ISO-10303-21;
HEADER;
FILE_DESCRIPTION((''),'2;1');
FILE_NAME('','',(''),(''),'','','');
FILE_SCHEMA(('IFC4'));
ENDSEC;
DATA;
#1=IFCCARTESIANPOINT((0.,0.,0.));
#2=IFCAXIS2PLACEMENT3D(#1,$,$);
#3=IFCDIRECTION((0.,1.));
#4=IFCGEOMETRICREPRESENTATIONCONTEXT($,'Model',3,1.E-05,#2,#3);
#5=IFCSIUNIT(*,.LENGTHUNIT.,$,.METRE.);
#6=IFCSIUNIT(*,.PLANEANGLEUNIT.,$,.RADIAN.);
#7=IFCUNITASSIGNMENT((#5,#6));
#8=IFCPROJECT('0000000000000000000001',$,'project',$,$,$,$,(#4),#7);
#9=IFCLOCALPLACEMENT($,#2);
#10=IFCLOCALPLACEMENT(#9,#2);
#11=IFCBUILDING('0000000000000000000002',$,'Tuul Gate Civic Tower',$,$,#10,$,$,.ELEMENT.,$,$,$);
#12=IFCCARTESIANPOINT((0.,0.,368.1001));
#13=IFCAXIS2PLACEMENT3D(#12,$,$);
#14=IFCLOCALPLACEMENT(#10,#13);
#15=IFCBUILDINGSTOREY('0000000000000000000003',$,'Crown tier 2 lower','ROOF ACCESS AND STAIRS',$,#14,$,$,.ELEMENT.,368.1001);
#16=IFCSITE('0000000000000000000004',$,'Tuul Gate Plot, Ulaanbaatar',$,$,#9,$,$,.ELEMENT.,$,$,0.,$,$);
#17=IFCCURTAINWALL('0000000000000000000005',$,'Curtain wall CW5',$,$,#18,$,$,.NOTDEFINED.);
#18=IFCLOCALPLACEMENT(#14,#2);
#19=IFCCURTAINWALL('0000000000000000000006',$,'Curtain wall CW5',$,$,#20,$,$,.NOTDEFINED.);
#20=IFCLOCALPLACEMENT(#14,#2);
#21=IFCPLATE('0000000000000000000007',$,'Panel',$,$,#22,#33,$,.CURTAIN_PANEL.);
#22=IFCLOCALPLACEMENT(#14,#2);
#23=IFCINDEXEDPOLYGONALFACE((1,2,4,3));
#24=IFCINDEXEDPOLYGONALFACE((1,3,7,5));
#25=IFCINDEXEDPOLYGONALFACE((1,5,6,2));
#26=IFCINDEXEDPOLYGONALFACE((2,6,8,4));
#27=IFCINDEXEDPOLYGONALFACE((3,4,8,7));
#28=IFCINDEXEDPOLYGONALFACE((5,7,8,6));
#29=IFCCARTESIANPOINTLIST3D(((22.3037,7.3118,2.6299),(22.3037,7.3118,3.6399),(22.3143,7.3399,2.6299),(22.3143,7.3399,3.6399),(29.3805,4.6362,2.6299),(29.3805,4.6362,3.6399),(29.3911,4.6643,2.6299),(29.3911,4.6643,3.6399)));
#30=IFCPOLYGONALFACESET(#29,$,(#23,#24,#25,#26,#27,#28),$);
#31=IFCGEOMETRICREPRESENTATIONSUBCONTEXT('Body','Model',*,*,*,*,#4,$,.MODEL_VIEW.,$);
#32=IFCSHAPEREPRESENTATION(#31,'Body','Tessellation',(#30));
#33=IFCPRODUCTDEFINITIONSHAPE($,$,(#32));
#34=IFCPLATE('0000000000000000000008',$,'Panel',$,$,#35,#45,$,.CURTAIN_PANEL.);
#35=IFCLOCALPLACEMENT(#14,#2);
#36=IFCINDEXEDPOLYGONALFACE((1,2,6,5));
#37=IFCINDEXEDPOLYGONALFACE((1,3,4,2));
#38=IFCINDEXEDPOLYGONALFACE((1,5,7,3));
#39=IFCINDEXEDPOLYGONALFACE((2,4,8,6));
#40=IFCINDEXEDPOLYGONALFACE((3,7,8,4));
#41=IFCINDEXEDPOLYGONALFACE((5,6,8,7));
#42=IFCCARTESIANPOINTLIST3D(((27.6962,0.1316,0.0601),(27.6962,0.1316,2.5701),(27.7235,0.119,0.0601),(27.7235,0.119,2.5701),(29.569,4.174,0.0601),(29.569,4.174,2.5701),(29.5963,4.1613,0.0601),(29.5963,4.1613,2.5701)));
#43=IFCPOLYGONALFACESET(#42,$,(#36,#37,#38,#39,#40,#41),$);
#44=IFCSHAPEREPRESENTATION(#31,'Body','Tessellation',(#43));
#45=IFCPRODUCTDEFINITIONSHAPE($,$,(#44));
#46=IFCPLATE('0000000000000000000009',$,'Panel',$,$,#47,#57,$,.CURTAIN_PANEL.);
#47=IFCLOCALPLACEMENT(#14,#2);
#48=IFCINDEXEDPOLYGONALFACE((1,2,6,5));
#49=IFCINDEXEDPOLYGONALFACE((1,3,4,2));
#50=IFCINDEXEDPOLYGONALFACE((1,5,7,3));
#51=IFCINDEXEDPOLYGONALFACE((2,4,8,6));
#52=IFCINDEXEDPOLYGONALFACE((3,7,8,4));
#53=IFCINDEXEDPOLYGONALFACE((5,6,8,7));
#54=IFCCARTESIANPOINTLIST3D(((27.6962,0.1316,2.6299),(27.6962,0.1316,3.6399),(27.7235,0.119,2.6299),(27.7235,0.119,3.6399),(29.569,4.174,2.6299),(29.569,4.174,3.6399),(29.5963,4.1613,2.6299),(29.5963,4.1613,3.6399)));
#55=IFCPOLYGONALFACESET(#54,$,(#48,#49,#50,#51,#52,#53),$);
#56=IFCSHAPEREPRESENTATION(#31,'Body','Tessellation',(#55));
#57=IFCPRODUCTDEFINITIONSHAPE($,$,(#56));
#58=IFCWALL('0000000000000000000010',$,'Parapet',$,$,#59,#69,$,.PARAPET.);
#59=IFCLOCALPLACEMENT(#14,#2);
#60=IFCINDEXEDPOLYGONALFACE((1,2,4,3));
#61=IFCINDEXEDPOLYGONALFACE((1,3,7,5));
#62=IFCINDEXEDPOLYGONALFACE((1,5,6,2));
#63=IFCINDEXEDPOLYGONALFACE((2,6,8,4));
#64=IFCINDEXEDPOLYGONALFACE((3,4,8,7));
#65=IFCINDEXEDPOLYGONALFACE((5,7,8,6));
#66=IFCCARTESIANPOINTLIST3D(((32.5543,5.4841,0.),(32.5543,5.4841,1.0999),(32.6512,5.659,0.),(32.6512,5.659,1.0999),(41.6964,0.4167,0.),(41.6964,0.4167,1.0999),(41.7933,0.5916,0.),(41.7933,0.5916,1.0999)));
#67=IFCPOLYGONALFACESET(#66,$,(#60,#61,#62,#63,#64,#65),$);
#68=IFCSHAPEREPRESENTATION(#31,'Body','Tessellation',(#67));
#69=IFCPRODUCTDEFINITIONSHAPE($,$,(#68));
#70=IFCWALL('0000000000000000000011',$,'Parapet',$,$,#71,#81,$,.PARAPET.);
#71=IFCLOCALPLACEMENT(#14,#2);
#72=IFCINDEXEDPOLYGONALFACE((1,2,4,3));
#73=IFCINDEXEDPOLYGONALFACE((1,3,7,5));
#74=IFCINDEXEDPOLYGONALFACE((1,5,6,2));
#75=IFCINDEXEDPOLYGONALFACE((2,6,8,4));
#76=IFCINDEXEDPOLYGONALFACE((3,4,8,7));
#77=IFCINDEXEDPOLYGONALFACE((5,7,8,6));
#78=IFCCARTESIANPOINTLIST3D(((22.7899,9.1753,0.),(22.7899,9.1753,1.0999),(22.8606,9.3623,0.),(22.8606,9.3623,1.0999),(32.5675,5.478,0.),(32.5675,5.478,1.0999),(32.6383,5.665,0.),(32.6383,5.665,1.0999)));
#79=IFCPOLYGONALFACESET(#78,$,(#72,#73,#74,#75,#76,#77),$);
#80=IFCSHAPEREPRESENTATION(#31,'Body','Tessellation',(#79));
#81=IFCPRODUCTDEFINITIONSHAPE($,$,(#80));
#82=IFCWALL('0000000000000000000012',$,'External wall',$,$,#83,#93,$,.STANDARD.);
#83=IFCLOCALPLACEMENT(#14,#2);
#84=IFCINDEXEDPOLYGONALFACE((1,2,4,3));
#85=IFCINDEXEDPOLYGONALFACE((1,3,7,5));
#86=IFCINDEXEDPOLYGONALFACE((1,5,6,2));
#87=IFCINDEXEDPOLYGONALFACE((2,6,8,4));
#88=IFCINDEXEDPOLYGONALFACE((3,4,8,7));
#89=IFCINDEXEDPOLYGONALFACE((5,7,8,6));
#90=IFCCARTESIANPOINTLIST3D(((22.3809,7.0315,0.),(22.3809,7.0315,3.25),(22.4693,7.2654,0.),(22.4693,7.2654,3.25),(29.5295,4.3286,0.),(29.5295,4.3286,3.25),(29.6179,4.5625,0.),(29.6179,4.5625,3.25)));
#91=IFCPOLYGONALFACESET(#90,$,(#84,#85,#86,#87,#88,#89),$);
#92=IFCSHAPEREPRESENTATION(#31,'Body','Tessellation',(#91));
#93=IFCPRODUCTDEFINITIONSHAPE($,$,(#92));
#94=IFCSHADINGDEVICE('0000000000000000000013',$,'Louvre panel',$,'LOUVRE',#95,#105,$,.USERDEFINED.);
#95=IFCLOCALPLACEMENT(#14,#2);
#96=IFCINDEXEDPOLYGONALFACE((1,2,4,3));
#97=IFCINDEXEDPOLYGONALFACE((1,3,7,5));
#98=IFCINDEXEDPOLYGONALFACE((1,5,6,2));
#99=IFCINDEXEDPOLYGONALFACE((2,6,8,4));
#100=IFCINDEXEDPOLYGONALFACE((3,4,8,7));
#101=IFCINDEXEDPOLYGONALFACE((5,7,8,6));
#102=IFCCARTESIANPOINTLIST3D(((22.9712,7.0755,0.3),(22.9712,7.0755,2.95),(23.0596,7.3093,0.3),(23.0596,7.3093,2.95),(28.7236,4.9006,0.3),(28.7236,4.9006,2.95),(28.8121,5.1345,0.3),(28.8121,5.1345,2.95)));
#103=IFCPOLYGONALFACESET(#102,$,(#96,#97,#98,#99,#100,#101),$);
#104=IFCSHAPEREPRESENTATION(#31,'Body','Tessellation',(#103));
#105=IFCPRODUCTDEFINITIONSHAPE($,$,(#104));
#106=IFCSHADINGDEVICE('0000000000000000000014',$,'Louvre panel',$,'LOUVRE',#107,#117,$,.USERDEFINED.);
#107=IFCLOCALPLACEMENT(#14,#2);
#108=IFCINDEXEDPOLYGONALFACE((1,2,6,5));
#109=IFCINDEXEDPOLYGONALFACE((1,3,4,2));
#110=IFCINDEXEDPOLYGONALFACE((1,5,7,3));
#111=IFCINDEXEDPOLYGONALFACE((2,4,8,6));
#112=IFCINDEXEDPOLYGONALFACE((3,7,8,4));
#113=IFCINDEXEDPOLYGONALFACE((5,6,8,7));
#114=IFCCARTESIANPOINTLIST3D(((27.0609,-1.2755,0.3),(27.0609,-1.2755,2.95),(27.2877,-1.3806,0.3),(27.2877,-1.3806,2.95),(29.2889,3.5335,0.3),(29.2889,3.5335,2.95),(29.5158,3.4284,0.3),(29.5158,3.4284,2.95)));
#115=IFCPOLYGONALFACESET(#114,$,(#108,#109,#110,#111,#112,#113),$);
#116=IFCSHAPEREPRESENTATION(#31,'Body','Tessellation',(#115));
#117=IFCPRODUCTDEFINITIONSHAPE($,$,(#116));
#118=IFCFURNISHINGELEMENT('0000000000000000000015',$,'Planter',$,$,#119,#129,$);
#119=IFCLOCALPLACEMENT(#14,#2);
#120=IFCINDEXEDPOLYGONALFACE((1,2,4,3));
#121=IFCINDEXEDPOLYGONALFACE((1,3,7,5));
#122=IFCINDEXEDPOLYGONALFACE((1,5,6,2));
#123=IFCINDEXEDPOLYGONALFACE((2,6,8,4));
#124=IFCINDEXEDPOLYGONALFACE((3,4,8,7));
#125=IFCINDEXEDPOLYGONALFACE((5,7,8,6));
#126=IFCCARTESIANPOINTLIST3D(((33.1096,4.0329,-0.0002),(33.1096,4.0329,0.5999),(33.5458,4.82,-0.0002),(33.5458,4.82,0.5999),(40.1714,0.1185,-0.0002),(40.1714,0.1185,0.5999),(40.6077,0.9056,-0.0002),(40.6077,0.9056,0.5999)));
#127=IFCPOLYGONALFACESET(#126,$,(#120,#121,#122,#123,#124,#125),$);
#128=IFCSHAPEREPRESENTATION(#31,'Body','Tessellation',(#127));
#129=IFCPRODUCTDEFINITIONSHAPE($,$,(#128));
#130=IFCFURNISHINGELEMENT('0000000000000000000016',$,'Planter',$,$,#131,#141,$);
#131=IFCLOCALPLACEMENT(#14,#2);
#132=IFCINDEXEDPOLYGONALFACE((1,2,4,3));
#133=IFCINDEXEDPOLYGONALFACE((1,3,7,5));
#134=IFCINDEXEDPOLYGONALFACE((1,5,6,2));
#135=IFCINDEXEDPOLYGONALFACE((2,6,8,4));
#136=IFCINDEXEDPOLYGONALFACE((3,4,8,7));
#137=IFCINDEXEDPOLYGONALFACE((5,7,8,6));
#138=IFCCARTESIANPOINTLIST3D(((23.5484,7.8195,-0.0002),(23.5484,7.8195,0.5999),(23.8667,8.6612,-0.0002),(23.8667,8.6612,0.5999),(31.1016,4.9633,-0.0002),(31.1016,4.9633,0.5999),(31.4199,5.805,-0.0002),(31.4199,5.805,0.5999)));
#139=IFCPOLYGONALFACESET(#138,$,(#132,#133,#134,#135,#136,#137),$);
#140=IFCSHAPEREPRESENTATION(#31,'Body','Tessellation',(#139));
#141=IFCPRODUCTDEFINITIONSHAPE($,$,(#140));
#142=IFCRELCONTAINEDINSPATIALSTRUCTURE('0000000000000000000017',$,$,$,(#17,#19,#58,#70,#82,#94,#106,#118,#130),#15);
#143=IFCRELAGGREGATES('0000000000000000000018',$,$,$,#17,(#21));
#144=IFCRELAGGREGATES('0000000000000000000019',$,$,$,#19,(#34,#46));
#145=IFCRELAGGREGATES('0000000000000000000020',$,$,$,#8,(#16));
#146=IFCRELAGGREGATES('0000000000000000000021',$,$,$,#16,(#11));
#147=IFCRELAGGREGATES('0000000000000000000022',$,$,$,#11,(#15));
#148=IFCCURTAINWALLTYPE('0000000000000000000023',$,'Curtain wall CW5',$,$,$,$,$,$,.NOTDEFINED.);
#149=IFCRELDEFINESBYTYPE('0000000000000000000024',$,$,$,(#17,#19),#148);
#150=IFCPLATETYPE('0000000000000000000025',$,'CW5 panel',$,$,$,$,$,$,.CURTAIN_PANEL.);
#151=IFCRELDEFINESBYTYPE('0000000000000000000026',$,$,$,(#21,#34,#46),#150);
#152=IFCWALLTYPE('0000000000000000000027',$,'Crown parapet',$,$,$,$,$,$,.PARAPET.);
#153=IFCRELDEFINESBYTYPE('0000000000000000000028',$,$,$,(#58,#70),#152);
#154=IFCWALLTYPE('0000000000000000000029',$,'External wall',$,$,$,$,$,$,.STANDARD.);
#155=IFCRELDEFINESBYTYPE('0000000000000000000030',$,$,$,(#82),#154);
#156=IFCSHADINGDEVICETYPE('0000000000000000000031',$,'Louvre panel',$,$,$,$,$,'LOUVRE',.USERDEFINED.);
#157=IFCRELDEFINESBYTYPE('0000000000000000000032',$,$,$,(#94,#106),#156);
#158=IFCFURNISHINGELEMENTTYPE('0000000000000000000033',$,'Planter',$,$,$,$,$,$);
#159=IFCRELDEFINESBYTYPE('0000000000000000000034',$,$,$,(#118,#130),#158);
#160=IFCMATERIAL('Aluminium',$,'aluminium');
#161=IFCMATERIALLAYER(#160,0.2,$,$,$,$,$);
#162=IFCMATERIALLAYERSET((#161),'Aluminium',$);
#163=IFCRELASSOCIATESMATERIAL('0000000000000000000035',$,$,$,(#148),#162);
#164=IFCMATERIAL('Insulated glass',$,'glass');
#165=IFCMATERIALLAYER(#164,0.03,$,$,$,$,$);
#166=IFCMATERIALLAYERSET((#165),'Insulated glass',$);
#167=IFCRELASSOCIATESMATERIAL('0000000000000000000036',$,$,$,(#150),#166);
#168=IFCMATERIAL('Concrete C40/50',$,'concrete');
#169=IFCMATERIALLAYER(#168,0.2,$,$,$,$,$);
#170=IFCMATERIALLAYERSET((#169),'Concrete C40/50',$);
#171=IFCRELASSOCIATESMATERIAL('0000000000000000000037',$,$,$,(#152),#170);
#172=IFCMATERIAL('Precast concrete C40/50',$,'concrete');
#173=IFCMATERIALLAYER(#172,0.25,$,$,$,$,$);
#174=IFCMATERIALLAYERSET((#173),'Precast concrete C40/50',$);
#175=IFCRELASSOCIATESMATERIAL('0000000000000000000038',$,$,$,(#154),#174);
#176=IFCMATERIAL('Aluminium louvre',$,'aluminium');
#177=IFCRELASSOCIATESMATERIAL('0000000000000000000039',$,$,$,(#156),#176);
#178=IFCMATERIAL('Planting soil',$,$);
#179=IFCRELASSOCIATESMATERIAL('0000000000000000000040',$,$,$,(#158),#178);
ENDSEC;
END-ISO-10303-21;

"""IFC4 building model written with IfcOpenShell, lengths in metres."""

from ifc_helpers import new_model, si_unit, direction, frame, frame_2d, origin, origin_2d, place, context, subcontext, project, spatial, rectangle, extrude, material, layer, layer_set, type_object, element, aggregate, save


model = new_model("IFC4")

# Units and contexts
model_context = context("Model", 3, precision=1e-05, world=origin(), true_north=direction((0.0, 1.0)))
body_context = subcontext(model_context, "Body", "Model", "MODEL_VIEW")
ifc_project = project(units=[si_unit("LENGTHUNIT", "METRE"), si_unit("PLANEANGLEUNIT", "RADIAN")], contexts=[model_context])

# Site, building, storey
site_placement = place(None, origin())
site = spatial("IfcSite", under=ifc_project, at=site_placement, Name="Tuul Gate Plot, Ulaanbaatar", CompositionType="ELEMENT", RefElevation=0.0)
building_placement = place(site_placement, origin())
building = spatial("IfcBuilding", under=site, at=building_placement, Name="Tuul Gate Civic Tower", CompositionType="ELEMENT")
storey_placement = place(building_placement, frame((0.0, 0.0, 368.1001)))
storey = spatial("IfcBuildingStorey", under=building, at=storey_placement, Name="Crown tier 2 lower", Description="ROOF ACCESS AND STAIRS", CompositionType="ELEMENT", Elevation=368.1001)

# Curtain walls
ifc_material_1 = material(Name="Aluminium", Category="aluminium")
ifc_layer_1 = layer(ifc_material_1, 0.2)
ifc_layer_set_1 = layer_set([ifc_layer_1], Name="Aluminium")
curtain_wall_type = type_object("IfcCurtainWallType", Name="Curtain wall CW5", PredefinedType="NOTDEFINED", material=ifc_layer_set_1)
curtain_wall_1_placement = place(storey_placement, origin())
curtain_wall_1 = element("IfcCurtainWall", 1, at=curtain_wall_1_placement, inside=storey, type_object=curtain_wall_type, Name="Curtain wall CW5", PredefinedType="NOTDEFINED")
curtain_wall_2_placement = place(storey_placement, origin())
curtain_wall_2 = element("IfcCurtainWall", 2, at=curtain_wall_2_placement, inside=storey, type_object=curtain_wall_type, Name="Curtain wall CW5", PredefinedType="NOTDEFINED")

# Plates
ifc_material_2 = material(Name="Insulated glass", Category="glass")
ifc_layer_2 = layer(ifc_material_2, 0.03)
ifc_layer_set_2 = layer_set([ifc_layer_2], Name="Insulated glass")
plate_type = type_object("IfcPlateType", Name="CW5 panel", PredefinedType="CURTAIN_PANEL", material=ifc_layer_set_2)
plate_1_placement = place(storey_placement, frame((25.8474, 5.988, 2.6299), z_axis=(0.0, 0.0, 1.0), x_axis=(-0.935379, 0.353646, 0.0)))
plate_1 = element("IfcPlate", 3, at=plate_1_placement, type_object=plate_type, Name="Panel", PredefinedType="CURTAIN_PANEL", context=body_context, shape_type="SweptSolid", body=[
    extrude(rectangle(XDim=7.5657, YDim=0.03, at=origin_2d()), origin(), (0.0, 0.0, 1.0), 1.01),
])
aggregate(curtain_wall_1, [plate_1])
plate_2_placement = place(storey_placement, frame((28.6462, 2.1465, 0.0601), z_axis=(0.0, 0.0, 1.0), x_axis=(0.420379, 0.907349, 0.0)))
plate_2 = element("IfcPlate", 4, at=plate_2_placement, type_object=plate_type, Name="Panel", PredefinedType="CURTAIN_PANEL", context=body_context, shape_type="SweptSolid", body=[
    extrude(rectangle(XDim=4.4551, YDim=0.03, at=origin_2d()), origin(), (0.0, 0.0, 1.0), 2.51),
])
plate_3_placement = place(storey_placement, frame((28.6462, 2.1465, 2.6299), z_axis=(0.0, 0.0, 1.0), x_axis=(0.420379, 0.907349, 0.0)))
plate_3 = element("IfcPlate", 5, at=plate_3_placement, type_object=plate_type, Name="Panel", PredefinedType="CURTAIN_PANEL", context=body_context, shape_type="SweptSolid", body=[
    extrude(rectangle(XDim=4.4551, YDim=0.03, at=origin_2d()), origin(), (0.0, 0.0, 1.0), 1.01),
])
aggregate(curtain_wall_2, [plate_2, plate_3])

# Walls
ifc_material_3 = material(Name="Concrete C40/50", Category="concrete")
ifc_layer_3 = layer(ifc_material_3, 0.2)
ifc_layer_set_3 = layer_set([ifc_layer_3], Name="Concrete C40/50")
wall_type_1 = type_object("IfcWallType", Name="Crown parapet", PredefinedType="PARAPET", material=ifc_layer_set_3)
wall_1_placement = place(storey_placement, frame((41.7449, 0.5042, 0.0), z_axis=(0.0, 0.0, 1.0), x_axis=(-0.874626, 0.484798, 0.0)))
element("IfcWall", 6, at=wall_1_placement, inside=storey, type_object=wall_type_1, Name="Parapet", PredefinedType="PARAPET", context=body_context, shape_type="SweptSolid", body=[
    extrude(rectangle(XDim=10.4526, YDim=0.2, at=frame_2d((5.2263, 0.0))), origin(), (0.0, 0.0, 1.0), 1.0999),
])
wall_2_placement = place(storey_placement, frame((32.6028, 5.5715, 0.0), z_axis=(0.0, 0.0, 1.0), x_axis=(-0.935361, 0.353694, 0.0)))
element("IfcWall", 7, at=wall_2_placement, inside=storey, type_object=wall_type_1, Name="Parapet", PredefinedType="PARAPET", context=body_context, shape_type="SweptSolid", body=[
    extrude(rectangle(XDim=10.4534, YDim=0.2, at=frame_2d((5.2266, 0.0))), origin(), (0.0, 0.0, 1.0), 1.0999),
])
ifc_material_4 = material(Name="Precast concrete C40/50", Category="concrete")
ifc_layer_4 = layer(ifc_material_4, 0.25)
ifc_layer_set_4 = layer_set([ifc_layer_4], Name="Precast concrete C40/50")
wall_type_2 = type_object("IfcWallType", Name="External wall", PredefinedType="STANDARD", material=ifc_layer_set_4)
wall_3_placement = place(storey_placement, frame((29.5737, 4.4456, 0.0), z_axis=(0.0, 0.0, 1.0), x_axis=(-0.935374, 0.35366, 0.0)))
element("IfcWall", 8, at=wall_3_placement, inside=storey, type_object=wall_type_2, Name="External wall", PredefinedType="STANDARD", context=body_context, shape_type="SweptSolid", body=[
    extrude(rectangle(XDim=7.6426, YDim=0.25, at=frame_2d((3.8213, 0.0))), origin(), (0.0, 0.0, 1.0), 3.25),
])

# Shading devices
ifc_material_5 = material(Name="Aluminium louvre", Category="aluminium")
shading_device_type = type_object("IfcShadingDeviceType", Name="Louvre panel", ElementType="LOUVRE", PredefinedType="USERDEFINED", material=ifc_material_5)
shading_device_1_placement = place(storey_placement, frame((25.8916, 6.105, 0.3), z_axis=(0.0, 0.0, 1.0), x_axis=(0.353646, 0.935379, 0.0)))
element("IfcShadingDevice", 9, at=shading_device_1_placement, inside=storey, type_object=shading_device_type, Name="Louvre panel", ObjectType="LOUVRE", PredefinedType="USERDEFINED", context=body_context, shape_type="SweptSolid", body=[
    extrude(rectangle(XDim=0.25, YDim=6.1499, at=origin_2d()), origin(), (0.0, 0.0, 1.0), 2.6499),
])
shading_device_2_placement = place(storey_placement, frame((28.2883, 1.0764, 0.3), z_axis=(0.0, 0.0, 1.0), x_axis=(0.907349, -0.420379, 0.0)))
element("IfcShadingDevice", 10, at=shading_device_2_placement, inside=storey, type_object=shading_device_type, Name="Louvre panel", ObjectType="LOUVRE", PredefinedType="USERDEFINED", context=body_context, shape_type="SweptSolid", body=[
    extrude(rectangle(XDim=0.25, YDim=5.3, at=origin_2d()), origin(), (0.0, 0.0, 1.0), 2.6499),
])

# Furnishing elements
ifc_material_6 = material(Name="Planting soil")
furnishing_element_type = type_object("IfcFurnishingElementType", Name="Planter", material=ifc_material_6)
furnishing_1_placement = place(storey_placement, frame((36.8586, 2.4692, -0.0002), z_axis=(0.0, 0.0, 1.0), x_axis=(-0.874621, 0.484808, 0.0)))
element("IfcFurnishingElement", 11, at=furnishing_1_placement, inside=storey, type_object=furnishing_element_type, Name="Planter", context=body_context, shape_type="SweptSolid", body=[
    extrude(rectangle(XDim=8.0742, YDim=0.8999, at=origin_2d()), origin(), (0.0, 0.0, 1.0), 0.6001),
])
furnishing_2_placement = place(storey_placement, frame((27.4841, 6.8123, -0.0002), z_axis=(0.0, 0.0, 1.0), x_axis=(-0.935361, 0.353696, 0.0)))
element("IfcFurnishingElement", 12, at=furnishing_2_placement, inside=storey, type_object=furnishing_element_type, Name="Planter", context=body_context, shape_type="SweptSolid", body=[
    extrude(rectangle(XDim=8.0752, YDim=0.8999, at=origin_2d()), origin(), (0.0, 0.0, 1.0), 0.6001),
])

save(model, "model.ifc")
